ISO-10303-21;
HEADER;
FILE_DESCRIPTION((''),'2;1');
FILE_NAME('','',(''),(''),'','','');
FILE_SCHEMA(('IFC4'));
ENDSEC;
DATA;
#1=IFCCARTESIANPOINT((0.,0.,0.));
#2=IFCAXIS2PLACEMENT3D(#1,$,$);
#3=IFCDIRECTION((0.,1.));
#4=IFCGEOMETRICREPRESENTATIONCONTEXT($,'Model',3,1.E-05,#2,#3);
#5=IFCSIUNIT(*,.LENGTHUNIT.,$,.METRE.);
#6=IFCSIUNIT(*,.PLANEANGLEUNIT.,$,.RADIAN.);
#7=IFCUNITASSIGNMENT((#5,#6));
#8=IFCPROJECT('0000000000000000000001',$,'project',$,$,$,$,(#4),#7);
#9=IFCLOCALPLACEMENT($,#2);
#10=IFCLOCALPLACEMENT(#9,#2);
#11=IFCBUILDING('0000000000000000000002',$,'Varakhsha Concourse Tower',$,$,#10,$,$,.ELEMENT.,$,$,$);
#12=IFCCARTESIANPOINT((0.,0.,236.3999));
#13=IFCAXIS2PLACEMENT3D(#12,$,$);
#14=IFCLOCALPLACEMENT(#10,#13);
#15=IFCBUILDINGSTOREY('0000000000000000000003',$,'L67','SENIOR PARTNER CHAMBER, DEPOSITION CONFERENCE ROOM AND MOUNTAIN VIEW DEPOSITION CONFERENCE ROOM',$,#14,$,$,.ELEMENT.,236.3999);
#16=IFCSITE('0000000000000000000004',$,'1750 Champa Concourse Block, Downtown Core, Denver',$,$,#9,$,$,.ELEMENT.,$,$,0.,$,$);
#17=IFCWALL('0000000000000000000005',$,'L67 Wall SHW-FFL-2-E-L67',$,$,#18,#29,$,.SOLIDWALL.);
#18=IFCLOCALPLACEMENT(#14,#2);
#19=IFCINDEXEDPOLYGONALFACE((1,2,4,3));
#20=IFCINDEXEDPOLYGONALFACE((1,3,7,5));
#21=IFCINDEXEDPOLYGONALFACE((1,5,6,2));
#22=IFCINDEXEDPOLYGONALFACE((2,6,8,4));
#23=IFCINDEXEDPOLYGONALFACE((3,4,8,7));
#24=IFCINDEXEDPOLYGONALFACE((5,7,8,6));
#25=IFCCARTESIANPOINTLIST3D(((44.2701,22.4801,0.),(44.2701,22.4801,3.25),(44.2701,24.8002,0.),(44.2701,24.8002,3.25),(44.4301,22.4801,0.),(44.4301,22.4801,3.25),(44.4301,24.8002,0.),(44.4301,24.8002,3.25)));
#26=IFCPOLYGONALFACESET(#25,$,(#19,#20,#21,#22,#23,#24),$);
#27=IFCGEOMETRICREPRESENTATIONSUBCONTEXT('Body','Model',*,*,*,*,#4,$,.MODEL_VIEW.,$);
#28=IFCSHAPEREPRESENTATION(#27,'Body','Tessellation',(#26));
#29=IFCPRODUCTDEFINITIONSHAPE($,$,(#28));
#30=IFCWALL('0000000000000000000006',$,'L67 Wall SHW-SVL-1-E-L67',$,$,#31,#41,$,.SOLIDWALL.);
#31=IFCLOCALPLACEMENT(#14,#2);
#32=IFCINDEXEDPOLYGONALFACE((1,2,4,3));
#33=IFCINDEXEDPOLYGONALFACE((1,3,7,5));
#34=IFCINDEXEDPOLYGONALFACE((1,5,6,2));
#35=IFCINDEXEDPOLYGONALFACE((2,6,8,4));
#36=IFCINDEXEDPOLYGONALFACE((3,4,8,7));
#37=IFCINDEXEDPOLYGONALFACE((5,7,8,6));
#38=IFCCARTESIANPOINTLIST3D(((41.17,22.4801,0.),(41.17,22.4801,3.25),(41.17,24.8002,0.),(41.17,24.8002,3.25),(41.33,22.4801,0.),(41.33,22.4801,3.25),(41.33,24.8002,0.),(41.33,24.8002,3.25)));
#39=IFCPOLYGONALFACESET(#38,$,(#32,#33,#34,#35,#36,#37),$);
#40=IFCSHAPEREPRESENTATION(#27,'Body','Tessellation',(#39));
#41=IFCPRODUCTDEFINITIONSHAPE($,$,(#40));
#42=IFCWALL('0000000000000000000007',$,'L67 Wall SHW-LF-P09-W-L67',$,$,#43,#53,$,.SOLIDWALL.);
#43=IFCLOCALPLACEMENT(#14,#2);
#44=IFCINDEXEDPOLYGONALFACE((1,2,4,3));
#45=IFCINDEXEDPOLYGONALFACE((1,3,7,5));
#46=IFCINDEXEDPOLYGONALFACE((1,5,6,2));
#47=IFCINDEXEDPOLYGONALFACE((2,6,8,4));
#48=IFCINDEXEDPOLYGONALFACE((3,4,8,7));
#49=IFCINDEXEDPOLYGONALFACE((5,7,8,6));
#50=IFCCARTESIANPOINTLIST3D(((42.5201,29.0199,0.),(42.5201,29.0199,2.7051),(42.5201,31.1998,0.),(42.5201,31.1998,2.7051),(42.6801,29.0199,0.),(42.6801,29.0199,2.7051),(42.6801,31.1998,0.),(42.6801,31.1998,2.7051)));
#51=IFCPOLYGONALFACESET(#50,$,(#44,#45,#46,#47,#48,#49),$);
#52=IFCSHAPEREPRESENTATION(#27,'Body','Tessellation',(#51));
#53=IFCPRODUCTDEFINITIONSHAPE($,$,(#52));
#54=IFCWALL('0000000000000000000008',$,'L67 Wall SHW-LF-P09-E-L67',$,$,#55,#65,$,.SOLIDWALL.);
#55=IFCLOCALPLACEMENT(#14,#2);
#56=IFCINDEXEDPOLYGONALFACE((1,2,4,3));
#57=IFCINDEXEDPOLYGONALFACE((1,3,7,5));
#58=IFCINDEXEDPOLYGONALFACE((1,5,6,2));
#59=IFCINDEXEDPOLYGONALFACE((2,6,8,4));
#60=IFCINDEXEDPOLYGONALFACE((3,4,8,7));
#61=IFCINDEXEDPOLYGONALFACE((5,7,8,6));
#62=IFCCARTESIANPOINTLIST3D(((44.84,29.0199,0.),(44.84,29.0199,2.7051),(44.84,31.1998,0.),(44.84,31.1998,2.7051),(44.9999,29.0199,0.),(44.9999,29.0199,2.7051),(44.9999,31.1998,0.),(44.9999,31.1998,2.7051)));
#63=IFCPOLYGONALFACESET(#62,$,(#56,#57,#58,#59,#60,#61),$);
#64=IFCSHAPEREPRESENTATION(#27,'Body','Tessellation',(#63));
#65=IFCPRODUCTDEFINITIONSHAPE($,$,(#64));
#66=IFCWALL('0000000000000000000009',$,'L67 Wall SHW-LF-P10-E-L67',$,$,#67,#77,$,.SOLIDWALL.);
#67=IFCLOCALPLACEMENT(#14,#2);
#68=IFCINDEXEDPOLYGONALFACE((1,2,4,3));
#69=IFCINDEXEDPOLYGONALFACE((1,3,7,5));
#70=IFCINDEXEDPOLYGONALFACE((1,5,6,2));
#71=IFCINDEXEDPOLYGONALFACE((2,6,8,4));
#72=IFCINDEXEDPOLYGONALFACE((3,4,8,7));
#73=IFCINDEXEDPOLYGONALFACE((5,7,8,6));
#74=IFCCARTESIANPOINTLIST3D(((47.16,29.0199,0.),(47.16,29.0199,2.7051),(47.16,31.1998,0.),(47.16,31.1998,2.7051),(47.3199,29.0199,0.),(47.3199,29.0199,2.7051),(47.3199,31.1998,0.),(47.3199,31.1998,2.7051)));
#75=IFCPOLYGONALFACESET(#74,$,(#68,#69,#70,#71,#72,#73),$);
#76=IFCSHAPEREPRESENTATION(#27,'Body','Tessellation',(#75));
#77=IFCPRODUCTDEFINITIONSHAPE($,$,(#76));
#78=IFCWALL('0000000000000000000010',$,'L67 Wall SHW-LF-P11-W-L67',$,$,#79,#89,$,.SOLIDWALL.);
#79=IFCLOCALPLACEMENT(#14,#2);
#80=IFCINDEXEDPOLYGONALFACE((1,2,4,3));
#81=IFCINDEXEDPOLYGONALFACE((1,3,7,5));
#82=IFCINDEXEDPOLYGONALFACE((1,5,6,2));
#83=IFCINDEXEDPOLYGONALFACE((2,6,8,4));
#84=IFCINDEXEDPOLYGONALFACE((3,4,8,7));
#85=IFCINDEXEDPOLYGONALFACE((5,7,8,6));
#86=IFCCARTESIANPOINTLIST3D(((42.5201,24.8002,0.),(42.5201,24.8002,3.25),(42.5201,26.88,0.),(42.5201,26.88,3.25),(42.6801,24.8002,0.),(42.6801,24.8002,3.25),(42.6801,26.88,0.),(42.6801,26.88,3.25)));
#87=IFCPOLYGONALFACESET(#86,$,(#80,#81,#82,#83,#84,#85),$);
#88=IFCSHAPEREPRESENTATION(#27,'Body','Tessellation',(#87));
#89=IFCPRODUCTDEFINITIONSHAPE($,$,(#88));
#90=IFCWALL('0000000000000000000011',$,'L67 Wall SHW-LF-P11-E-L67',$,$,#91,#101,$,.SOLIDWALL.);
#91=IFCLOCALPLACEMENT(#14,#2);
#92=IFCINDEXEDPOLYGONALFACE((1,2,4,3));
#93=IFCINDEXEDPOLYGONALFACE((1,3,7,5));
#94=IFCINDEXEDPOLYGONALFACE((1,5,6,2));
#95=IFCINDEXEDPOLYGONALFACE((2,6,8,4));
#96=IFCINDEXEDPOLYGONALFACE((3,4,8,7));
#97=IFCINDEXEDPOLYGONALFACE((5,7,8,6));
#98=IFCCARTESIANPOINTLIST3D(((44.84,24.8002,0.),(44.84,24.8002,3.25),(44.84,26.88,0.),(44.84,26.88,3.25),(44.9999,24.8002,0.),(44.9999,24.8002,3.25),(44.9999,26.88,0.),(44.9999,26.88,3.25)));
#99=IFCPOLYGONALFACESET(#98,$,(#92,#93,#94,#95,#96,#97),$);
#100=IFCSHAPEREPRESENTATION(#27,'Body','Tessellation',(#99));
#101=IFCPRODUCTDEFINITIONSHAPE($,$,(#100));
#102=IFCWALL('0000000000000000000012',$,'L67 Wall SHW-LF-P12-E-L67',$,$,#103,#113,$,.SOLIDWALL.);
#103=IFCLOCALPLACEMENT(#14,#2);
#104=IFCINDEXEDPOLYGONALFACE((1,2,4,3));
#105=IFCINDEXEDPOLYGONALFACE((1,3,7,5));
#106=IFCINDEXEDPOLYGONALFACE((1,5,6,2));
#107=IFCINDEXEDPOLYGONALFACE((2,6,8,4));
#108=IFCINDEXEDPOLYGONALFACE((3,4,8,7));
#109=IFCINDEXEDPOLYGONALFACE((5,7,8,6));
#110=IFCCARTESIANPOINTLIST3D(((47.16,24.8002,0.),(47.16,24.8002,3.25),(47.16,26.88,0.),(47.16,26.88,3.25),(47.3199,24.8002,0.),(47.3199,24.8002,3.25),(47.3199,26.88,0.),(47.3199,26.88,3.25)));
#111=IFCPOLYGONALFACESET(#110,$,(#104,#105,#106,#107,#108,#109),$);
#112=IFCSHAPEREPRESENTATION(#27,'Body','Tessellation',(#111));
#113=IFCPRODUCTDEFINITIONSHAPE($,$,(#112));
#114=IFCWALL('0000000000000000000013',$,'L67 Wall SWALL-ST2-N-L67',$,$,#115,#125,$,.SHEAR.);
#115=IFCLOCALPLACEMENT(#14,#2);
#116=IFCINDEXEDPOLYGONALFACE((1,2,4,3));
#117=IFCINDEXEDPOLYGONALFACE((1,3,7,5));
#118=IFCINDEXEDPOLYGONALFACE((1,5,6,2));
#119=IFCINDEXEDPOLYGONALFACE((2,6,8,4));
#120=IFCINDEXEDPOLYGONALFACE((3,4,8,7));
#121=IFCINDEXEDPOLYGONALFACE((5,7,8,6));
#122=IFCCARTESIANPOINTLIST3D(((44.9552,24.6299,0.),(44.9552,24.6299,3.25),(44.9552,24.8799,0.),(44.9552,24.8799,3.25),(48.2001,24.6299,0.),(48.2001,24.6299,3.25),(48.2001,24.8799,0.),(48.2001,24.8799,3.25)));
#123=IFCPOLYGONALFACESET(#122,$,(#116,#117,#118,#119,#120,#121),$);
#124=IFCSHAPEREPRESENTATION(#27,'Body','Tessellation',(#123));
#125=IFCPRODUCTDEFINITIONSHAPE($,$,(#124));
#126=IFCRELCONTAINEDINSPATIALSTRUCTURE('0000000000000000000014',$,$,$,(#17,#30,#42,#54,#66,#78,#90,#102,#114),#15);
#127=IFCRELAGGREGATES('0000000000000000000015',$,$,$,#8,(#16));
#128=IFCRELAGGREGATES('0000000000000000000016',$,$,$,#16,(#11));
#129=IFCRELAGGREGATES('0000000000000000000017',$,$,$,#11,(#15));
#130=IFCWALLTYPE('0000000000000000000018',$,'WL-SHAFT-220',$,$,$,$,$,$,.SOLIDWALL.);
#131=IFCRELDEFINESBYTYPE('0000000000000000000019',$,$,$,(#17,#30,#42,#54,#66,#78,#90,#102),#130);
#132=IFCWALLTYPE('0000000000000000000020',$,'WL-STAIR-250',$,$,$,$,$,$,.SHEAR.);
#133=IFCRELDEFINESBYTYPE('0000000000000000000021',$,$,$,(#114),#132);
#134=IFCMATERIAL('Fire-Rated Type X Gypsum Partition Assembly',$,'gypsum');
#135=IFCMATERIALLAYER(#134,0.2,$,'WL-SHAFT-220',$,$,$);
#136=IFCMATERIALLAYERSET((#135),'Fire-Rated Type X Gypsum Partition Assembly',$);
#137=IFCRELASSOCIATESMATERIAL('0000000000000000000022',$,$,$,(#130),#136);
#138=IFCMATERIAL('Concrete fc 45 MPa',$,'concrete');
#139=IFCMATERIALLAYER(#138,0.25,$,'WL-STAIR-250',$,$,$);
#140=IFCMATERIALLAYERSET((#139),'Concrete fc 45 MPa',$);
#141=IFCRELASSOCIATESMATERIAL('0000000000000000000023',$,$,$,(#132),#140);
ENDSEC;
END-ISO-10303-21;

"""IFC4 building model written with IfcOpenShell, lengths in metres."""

from ifc_helpers import new_model, si_unit, direction, frame, frame_2d, origin, place, context, subcontext, project, spatial, rectangle, extrude, material, layer, layer_set, type_object, element, save


model = new_model("IFC4")

# Units and contexts
model_context = context("Model", 3, precision=1e-05, world=origin(), true_north=direction((0.0, 1.0)))
body_context = subcontext(model_context, "Body", "Model", "MODEL_VIEW")
ifc_project = project(units=[si_unit("LENGTHUNIT", "METRE"), si_unit("PLANEANGLEUNIT", "RADIAN")], contexts=[model_context])

# Site, building, storey
site_placement = place(None, origin())
site = spatial("IfcSite", under=ifc_project, at=site_placement, Name="1750 Champa Concourse Block, Downtown Core, Denver", CompositionType="ELEMENT", RefElevation=0.0)
building_placement = place(site_placement, origin())
building = spatial("IfcBuilding", under=site, at=building_placement, Name="Varakhsha Concourse Tower", CompositionType="ELEMENT")
storey_placement = place(building_placement, frame((0.0, 0.0, 236.3999)))
storey = spatial("IfcBuildingStorey", under=building, at=storey_placement, Name="L67", Description="SENIOR PARTNER CHAMBER, DEPOSITION CONFERENCE ROOM AND MOUNTAIN VIEW DEPOSITION CONFERENCE ROOM", CompositionType="ELEMENT", Elevation=236.3999)

# Shared definitions
ifc_material_1 = material(Name="Fire-Rated Type X Gypsum Partition Assembly", Category="gypsum")

# Walls
ifc_layer_1 = layer(ifc_material_1, 0.2, Name="WL-SHAFT-220")
ifc_layer_set_1 = layer_set([ifc_layer_1], Name="Fire-Rated Type X Gypsum Partition Assembly")
wall_type_1 = type_object("IfcWallType", Name="WL-SHAFT-220", PredefinedType="SOLIDWALL", material=ifc_layer_set_1)
for number, where, z_axis, x_axis, name in (
    (1, (44.3501, 22.48, 0.0), (0.0, 0.0, 1.0), (0.0, 1.0, 0.0), "L67 Wall SHW-FFL-2-E-L67"),
    (2, (41.25, 22.48, 0.0), (0.0, 0.0, 1.0), (0.0, 1.0, 0.0), "L67 Wall SHW-SVL-1-E-L67"),
):
    element("IfcWall", number, at=place(storey_placement, frame(where, z_axis=z_axis, x_axis=x_axis)), inside=storey, type_object=wall_type_1, Name=name, PredefinedType="SOLIDWALL", context=body_context, shape_type="SweptSolid", body=[
        extrude(rectangle(XDim=2.3201, YDim=0.1599, at=frame_2d((1.1602, 0.0))), origin(), (0.0, 0.0, 1.0), 3.25),
    ])
for number, where, z_axis, x_axis, name in (
    (3, (42.6001, 29.02, 0.0), (0.0, 0.0, 1.0), (0.0, 1.0, 0.0), "L67 Wall SHW-LF-P09-W-L67"),
    (4, (44.9199, 29.02, 0.0), (0.0, 0.0, 1.0), (0.0, 1.0, 0.0), "L67 Wall SHW-LF-P09-E-L67"),
    (5, (47.24, 29.02, 0.0), (0.0, 0.0, 1.0), (0.0, 1.0, 0.0), "L67 Wall SHW-LF-P10-E-L67"),
):
    element("IfcWall", number, at=place(storey_placement, frame(where, z_axis=z_axis, x_axis=x_axis)), inside=storey, type_object=wall_type_1, Name=name, PredefinedType="SOLIDWALL", context=body_context, shape_type="SweptSolid", body=[
        extrude(rectangle(XDim=2.1799, YDim=0.1599, at=frame_2d((1.0898, 0.0))), origin(), (0.0, 0.0, 1.0), 2.7051),
    ])
for number, where, z_axis, x_axis, name in (
    (6, (42.6001, 24.8, 0.0), (0.0, 0.0, 1.0), (0.0, 1.0, 0.0), "L67 Wall SHW-LF-P11-W-L67"),
    (7, (44.9199, 24.8, 0.0), (0.0, 0.0, 1.0), (0.0, 1.0, 0.0), "L67 Wall SHW-LF-P11-E-L67"),
    (8, (47.24, 24.8, 0.0), (0.0, 0.0, 1.0), (0.0, 1.0, 0.0), "L67 Wall SHW-LF-P12-E-L67"),
):
    element("IfcWall", number, at=place(storey_placement, frame(where, z_axis=z_axis, x_axis=x_axis)), inside=storey, type_object=wall_type_1, Name=name, PredefinedType="SOLIDWALL", context=body_context, shape_type="SweptSolid", body=[
        extrude(rectangle(XDim=2.0798, YDim=0.1599, at=frame_2d((1.04, 0.0))), origin(), (0.0, 0.0, 1.0), 3.25),
    ])
ifc_material_2 = material(Name="Concrete fc 45 MPa", Category="concrete")
ifc_layer_2 = layer(ifc_material_2, 0.25, Name="WL-STAIR-250")
ifc_layer_set_2 = layer_set([ifc_layer_2], Name="Concrete fc 45 MPa")
wall_type_2 = type_object("IfcWallType", Name="WL-STAIR-250", PredefinedType="SHEAR", material=ifc_layer_set_2)
wall_1_placement = place(storey_placement, frame((44.9551, 24.7549, 0.0), z_axis=(0.0, 0.0, 1.0), x_axis=(1.0, 0.0, 0.0)))
element("IfcWall", 9, at=wall_1_placement, inside=storey, type_object=wall_type_2, Name="L67 Wall SWALL-ST2-N-L67", PredefinedType="SHEAR", context=body_context, shape_type="SweptSolid", body=[
    extrude(rectangle(XDim=3.2449, YDim=0.25, at=frame_2d((1.6226, 0.0))), origin(), (0.0, 0.0, 1.0), 3.25),
])

save(model, "model.ifc")
